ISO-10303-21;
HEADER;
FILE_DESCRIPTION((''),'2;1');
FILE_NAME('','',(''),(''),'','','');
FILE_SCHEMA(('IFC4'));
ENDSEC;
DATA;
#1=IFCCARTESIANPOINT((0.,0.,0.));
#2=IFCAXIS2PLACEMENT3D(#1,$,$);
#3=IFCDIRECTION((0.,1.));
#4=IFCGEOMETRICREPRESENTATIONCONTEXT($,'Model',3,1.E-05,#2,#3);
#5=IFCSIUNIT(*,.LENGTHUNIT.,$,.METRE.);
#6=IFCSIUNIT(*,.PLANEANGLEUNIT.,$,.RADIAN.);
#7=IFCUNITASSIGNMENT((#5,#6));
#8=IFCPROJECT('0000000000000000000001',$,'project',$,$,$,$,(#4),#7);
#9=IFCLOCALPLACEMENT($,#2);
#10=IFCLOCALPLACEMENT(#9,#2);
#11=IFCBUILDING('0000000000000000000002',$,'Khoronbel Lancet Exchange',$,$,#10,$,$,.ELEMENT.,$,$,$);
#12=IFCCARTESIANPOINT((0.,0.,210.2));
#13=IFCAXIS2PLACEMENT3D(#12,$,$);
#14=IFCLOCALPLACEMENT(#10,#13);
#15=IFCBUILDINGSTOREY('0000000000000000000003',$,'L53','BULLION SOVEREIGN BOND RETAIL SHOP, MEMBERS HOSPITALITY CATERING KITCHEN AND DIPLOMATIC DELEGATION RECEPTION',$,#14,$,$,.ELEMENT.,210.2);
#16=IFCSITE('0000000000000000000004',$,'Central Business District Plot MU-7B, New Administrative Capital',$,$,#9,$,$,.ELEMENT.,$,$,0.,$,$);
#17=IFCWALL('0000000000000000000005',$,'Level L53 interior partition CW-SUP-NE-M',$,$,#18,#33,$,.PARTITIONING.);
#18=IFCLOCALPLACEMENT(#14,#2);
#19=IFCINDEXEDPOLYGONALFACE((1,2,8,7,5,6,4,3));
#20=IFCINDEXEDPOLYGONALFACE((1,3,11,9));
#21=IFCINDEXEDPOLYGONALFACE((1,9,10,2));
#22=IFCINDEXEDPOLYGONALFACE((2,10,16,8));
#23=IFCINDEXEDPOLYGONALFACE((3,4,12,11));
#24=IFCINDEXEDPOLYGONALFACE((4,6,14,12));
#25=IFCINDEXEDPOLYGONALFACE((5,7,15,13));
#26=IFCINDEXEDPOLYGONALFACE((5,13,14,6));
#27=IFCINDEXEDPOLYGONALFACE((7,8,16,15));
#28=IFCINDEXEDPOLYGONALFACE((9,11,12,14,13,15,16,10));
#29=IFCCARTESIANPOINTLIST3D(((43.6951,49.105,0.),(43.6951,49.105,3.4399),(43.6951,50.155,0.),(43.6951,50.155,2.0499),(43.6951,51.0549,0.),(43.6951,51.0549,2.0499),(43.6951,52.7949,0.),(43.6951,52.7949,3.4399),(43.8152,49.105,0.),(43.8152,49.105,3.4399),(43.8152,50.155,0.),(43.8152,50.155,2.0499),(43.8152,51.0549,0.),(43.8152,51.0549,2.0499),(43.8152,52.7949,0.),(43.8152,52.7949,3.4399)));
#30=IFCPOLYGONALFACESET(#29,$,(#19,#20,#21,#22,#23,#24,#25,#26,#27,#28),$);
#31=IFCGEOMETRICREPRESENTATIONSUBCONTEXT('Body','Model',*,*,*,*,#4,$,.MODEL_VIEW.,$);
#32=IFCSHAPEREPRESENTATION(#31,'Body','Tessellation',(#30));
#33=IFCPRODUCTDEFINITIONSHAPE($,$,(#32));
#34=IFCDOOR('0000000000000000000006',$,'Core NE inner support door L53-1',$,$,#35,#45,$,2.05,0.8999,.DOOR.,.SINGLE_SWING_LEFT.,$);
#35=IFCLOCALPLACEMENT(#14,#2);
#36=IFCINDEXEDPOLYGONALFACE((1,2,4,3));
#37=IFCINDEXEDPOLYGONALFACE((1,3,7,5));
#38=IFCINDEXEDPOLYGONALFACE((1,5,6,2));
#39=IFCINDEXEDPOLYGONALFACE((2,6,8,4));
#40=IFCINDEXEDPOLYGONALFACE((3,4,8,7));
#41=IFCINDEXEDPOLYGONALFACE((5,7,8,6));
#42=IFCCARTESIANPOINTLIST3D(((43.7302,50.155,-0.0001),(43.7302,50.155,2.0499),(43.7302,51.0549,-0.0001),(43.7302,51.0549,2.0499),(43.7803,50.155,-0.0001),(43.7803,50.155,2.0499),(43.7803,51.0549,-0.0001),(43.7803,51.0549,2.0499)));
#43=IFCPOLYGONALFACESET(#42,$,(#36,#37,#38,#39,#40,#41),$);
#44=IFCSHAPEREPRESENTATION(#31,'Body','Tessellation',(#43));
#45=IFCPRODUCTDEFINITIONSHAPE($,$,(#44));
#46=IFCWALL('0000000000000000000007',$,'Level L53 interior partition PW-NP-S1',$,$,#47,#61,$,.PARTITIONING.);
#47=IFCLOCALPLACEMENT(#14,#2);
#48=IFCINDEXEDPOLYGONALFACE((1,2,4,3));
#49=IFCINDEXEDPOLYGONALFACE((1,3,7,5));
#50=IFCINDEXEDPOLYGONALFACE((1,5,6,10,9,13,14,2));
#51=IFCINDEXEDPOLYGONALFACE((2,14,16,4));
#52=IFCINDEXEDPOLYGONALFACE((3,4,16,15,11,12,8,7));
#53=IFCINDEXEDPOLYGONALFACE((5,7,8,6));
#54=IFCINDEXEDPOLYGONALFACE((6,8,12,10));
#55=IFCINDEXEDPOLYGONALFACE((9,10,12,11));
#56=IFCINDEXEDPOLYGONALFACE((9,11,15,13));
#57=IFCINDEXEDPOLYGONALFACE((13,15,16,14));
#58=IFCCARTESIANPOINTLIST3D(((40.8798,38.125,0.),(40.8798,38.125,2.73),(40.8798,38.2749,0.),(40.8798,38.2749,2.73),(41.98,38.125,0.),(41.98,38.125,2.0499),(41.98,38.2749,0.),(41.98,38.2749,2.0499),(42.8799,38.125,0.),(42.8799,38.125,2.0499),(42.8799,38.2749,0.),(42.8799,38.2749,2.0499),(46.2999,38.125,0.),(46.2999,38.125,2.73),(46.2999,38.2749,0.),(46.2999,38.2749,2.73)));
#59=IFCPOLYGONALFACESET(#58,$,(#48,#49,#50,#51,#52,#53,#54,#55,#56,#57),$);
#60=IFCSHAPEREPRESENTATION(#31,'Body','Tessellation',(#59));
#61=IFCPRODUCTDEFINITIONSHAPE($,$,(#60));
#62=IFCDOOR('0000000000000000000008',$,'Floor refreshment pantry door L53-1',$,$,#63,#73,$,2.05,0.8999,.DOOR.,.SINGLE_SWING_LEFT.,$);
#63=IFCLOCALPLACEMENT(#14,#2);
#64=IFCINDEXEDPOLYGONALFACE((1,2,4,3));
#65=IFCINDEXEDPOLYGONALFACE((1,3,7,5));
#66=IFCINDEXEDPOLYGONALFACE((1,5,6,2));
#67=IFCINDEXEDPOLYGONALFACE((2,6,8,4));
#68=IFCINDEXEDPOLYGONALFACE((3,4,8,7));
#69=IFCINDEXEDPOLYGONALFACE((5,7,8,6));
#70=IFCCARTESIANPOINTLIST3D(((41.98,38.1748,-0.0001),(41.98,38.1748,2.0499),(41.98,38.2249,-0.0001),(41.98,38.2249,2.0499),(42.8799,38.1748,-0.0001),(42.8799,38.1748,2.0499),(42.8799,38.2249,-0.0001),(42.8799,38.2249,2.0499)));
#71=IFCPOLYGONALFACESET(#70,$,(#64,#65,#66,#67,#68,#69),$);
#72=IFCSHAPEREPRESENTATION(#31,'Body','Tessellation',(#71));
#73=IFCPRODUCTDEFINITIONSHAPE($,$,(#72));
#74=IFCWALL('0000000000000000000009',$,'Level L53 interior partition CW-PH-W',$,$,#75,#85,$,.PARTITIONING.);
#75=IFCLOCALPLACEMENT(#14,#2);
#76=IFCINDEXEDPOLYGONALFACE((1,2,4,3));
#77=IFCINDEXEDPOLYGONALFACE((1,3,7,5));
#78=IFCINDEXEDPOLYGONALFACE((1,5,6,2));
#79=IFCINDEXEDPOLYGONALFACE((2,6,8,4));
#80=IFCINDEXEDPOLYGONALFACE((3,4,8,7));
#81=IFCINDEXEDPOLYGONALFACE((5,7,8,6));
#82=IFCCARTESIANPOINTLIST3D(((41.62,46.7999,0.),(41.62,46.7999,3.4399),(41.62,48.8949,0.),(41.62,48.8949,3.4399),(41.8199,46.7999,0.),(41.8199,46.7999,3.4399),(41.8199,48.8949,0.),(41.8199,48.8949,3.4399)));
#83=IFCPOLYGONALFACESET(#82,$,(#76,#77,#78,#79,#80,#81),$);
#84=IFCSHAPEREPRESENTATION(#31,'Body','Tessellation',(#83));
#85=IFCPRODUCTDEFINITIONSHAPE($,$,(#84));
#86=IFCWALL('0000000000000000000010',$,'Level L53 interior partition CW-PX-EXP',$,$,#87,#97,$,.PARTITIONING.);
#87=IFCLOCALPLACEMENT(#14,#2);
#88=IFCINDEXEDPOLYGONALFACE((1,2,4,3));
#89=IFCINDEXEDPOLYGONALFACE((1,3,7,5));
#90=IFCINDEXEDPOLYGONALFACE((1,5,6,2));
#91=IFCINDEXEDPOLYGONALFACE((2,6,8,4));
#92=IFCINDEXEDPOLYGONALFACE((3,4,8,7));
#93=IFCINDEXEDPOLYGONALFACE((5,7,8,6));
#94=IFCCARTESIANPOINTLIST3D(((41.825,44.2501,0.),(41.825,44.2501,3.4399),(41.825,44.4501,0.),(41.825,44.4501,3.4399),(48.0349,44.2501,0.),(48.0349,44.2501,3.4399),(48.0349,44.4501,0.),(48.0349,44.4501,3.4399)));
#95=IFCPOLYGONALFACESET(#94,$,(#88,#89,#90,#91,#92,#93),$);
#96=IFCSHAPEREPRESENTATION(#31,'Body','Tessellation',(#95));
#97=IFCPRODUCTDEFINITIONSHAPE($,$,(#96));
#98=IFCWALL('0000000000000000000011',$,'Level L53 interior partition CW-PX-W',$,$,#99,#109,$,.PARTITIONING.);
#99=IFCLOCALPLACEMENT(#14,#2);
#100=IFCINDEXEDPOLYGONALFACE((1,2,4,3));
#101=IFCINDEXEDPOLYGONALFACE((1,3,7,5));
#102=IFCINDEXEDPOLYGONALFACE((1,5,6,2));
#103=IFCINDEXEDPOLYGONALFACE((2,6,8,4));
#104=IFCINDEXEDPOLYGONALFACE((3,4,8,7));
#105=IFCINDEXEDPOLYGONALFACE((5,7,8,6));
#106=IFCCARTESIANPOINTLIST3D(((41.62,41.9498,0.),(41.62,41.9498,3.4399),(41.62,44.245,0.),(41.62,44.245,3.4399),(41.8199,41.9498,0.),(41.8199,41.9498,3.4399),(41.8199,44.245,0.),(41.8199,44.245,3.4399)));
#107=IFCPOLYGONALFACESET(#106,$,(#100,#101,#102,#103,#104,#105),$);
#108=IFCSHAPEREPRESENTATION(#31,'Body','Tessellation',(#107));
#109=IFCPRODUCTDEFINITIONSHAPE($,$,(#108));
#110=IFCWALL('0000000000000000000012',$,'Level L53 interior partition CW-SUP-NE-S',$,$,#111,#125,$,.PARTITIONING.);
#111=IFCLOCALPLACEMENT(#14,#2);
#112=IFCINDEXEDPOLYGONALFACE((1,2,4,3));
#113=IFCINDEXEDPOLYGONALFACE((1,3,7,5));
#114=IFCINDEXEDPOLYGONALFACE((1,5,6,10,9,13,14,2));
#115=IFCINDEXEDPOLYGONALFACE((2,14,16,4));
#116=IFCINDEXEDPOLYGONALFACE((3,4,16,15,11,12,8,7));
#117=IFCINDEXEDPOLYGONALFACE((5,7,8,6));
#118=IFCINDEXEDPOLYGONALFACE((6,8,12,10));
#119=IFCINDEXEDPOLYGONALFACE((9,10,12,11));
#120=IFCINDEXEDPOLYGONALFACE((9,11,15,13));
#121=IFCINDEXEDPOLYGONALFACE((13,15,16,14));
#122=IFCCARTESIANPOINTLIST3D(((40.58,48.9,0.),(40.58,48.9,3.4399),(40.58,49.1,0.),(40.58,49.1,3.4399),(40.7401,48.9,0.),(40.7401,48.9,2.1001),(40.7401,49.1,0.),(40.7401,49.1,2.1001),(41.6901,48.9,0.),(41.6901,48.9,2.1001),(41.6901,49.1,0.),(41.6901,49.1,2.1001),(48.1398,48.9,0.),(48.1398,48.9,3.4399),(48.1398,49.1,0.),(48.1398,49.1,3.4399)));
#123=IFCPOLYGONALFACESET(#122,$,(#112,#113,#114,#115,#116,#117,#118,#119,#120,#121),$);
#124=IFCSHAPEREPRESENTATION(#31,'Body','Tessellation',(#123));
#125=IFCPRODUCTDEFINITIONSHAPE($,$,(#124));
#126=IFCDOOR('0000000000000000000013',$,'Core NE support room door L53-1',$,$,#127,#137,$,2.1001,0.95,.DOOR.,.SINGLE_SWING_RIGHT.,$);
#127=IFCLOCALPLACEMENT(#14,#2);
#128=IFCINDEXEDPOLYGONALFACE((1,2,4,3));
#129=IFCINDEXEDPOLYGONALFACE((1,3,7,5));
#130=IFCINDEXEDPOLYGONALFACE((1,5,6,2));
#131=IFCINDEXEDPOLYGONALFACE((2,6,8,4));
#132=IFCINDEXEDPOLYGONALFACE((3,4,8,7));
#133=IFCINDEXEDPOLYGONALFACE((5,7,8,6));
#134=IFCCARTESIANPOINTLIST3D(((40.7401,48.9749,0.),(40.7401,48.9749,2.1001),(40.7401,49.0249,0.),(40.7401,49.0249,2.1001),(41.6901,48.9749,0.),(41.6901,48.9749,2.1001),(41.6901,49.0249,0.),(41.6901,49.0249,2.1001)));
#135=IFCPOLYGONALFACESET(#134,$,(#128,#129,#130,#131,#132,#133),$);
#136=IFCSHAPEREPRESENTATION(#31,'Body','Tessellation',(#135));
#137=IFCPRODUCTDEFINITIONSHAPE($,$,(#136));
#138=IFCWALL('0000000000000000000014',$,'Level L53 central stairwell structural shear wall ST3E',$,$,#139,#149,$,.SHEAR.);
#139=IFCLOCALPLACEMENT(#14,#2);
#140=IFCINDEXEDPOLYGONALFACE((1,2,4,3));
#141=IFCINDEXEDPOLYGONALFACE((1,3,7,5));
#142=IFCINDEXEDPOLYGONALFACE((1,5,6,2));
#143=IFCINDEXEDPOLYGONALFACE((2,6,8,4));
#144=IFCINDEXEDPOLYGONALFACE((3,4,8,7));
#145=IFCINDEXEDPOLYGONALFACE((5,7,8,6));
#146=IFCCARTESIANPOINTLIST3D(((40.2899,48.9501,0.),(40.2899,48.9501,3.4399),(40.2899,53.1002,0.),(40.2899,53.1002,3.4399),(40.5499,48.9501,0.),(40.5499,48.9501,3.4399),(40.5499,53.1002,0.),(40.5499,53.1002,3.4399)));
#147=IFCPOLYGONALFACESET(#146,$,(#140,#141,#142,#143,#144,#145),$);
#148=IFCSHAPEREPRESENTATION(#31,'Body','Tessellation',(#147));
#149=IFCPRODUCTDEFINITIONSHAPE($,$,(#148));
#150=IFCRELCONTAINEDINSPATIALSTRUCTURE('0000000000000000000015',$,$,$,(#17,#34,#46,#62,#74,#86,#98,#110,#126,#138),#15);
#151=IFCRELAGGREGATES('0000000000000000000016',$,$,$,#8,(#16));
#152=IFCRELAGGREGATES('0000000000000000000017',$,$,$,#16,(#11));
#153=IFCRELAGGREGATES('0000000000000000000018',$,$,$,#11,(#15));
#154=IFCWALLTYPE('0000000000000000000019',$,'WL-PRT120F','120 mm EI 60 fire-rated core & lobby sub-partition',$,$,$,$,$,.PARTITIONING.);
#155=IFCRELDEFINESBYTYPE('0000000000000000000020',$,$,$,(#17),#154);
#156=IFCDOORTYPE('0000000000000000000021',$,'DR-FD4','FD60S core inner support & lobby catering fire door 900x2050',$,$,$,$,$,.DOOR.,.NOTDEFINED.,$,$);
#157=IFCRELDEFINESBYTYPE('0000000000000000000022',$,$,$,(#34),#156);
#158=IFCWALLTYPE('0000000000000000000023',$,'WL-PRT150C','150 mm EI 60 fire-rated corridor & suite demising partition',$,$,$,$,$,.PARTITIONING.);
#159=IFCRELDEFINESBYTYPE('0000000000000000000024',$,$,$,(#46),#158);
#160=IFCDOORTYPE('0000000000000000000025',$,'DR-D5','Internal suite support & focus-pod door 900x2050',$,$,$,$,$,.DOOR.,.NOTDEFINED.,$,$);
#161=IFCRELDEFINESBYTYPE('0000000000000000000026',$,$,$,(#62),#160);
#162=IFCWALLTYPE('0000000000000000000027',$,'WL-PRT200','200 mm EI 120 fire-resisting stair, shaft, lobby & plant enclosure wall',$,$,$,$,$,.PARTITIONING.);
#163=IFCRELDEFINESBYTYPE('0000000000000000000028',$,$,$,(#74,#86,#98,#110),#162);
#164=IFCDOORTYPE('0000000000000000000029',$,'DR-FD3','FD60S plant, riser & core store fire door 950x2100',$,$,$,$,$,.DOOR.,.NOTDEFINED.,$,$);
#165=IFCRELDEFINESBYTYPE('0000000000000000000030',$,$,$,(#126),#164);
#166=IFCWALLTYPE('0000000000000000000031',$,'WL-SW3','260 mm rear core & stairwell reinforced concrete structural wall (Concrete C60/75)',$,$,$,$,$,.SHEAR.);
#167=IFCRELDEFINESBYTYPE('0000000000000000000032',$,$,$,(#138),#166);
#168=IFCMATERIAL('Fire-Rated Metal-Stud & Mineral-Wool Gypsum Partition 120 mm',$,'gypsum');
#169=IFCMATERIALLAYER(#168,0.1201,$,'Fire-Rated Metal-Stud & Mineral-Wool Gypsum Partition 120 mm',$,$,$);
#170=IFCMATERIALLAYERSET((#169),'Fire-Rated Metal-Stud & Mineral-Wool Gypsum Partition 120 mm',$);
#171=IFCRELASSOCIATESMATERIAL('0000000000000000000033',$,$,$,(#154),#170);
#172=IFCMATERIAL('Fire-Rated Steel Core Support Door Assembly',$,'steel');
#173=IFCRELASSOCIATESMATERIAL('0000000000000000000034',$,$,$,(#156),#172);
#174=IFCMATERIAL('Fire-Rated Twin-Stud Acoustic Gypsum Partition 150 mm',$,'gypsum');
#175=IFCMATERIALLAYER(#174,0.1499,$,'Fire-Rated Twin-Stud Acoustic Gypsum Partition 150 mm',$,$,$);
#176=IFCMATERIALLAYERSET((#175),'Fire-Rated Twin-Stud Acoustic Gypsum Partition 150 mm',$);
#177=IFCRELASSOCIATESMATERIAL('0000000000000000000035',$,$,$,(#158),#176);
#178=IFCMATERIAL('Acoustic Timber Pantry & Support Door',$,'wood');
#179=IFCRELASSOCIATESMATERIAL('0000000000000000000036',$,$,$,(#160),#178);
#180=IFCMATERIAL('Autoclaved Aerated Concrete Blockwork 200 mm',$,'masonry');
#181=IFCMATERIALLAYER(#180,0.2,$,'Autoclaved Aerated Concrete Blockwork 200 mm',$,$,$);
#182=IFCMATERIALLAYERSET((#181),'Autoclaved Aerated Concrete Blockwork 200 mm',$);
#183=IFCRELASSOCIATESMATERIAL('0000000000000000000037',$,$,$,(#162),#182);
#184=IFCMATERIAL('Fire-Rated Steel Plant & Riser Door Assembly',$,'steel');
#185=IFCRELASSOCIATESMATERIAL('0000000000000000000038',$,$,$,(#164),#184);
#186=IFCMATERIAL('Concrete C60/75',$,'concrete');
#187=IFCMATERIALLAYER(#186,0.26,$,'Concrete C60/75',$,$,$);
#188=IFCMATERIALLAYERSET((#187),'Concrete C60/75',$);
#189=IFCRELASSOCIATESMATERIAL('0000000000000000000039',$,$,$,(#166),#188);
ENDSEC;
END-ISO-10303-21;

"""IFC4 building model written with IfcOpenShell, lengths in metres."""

from ifc_helpers import new_model, si_unit, direction, frame, frame_2d, origin, place, context, subcontext, project, spatial, rectangle, extrude, material, layer, layer_set, type_object, element, fill, save


model = new_model("IFC4")

# Units and contexts
model_context = context("Model", 3, precision=1e-05, world=origin(), true_north=direction((0.0, 1.0)))
body_context = subcontext(model_context, "Body", "Model", "MODEL_VIEW")
ifc_project = project(units=[si_unit("LENGTHUNIT", "METRE"), si_unit("PLANEANGLEUNIT", "RADIAN")], contexts=[model_context])

# Site, building, storey
site_placement = place(None, origin())
site = spatial("IfcSite", under=ifc_project, at=site_placement, Name="Central Business District Plot MU-7B, New Administrative Capital", CompositionType="ELEMENT", RefElevation=0.0)
building_placement = place(site_placement, origin())
building = spatial("IfcBuilding", under=site, at=building_placement, Name="Khoronbel Lancet Exchange", CompositionType="ELEMENT")
storey_placement = place(building_placement, frame((0.0, 0.0, 210.2)))
storey = spatial("IfcBuildingStorey", under=building, at=storey_placement, Name="L53", Description="BULLION SOVEREIGN BOND RETAIL SHOP, MEMBERS HOSPITALITY CATERING KITCHEN AND DIPLOMATIC DELEGATION RECEPTION", CompositionType="ELEMENT", Elevation=210.2)

# Shared definitions
ifc_material_1 = material(Name="Concrete C60/75", Category="concrete")

# Shared definitions
ifc_material_2 = material(Name="Fire-Rated Metal-Stud & Mineral-Wool Gypsum Partition 120 mm", Category="gypsum")
ifc_layer_1 = layer(ifc_material_2, 0.1201, Name="Fire-Rated Metal-Stud & Mineral-Wool Gypsum Partition 120 mm")
ifc_layer_set_1 = layer_set([ifc_layer_1], Name="Fire-Rated Metal-Stud & Mineral-Wool Gypsum Partition 120 mm")
wall_type_1 = type_object("IfcWallType", Name="WL-PRT120F", Description="120 mm EI 60 fire-rated core & lobby sub-partition", PredefinedType="PARTITIONING", material=ifc_layer_set_1)

# Walls, openings, doors
wall_1_placement = place(storey_placement, frame((43.7551, 49.105, 0.0), z_axis=(0.0, 0.0, 1.0), x_axis=(0.0, 1.0, 0.0)))
wall_1 = element("IfcWall", 1, at=wall_1_placement, inside=storey, type_object=wall_type_1, Name="Level L53 interior partition CW-SUP-NE-M", PredefinedType="PARTITIONING", context=body_context, shape_type="SweptSolid", body=[
    extrude(rectangle(XDim=3.6899, YDim=0.1201, at=frame_2d((1.845, 0.0))), origin(), (0.0, 0.0, 1.0), 3.4399),
])
opening_1_placement = place(wall_1_placement, frame((1.05, 0.0, 0.0)))
opening_1 = element("IfcOpeningElement", 2, at=opening_1_placement, cuts=wall_1, PredefinedType="OPENING", context=body_context, shape_type="SweptSolid", body=[
    extrude(rectangle(XDim=0.8999, YDim=2.05, at=frame_2d((0.45, 1.0249))), frame((0.0, 0.0701, 0.0), z_axis=(0.0, -1.0, 0.0), x_axis=(1.0, 0.0, 0.0)), (0.0, 0.0, 1.0), 0.1401),
])
ifc_material_3 = material(Name="Fire-Rated Steel Core Support Door Assembly", Category="steel")
door_type_1 = type_object("IfcDoorType", Name="DR-FD4", Description="FD60S core inner support & lobby catering fire door 900x2050", OperationType="NOTDEFINED", PredefinedType="DOOR", material=ifc_material_3)
door_1_placement = place(opening_1_placement, origin())
door_1 = element("IfcDoor", 3, at=door_1_placement, inside=storey, type_object=door_type_1, Name="Core NE inner support door L53-1", OperationType="SINGLE_SWING_LEFT", OverallHeight=2.05, OverallWidth=0.8999, PredefinedType="DOOR", context=body_context, shape_type="SweptSolid", body=[
    extrude(rectangle(XDim=0.8999, YDim=2.05, at=frame_2d((0.45, 1.0249))), frame((0.0, 0.0249, 0.0), z_axis=(0.0, -1.0, 0.0), x_axis=(1.0, 0.0, 0.0)), (0.0, 0.0, 1.0), 0.05),
])
fill(opening_1, door_1)
ifc_material_4 = material(Name="Fire-Rated Twin-Stud Acoustic Gypsum Partition 150 mm", Category="gypsum")
ifc_layer_2 = layer(ifc_material_4, 0.1499, Name="Fire-Rated Twin-Stud Acoustic Gypsum Partition 150 mm")
ifc_layer_set_2 = layer_set([ifc_layer_2], Name="Fire-Rated Twin-Stud Acoustic Gypsum Partition 150 mm")
wall_type_2 = type_object("IfcWallType", Name="WL-PRT150C", Description="150 mm EI 60 fire-rated corridor & suite demising partition", PredefinedType="PARTITIONING", material=ifc_layer_set_2)
wall_2_placement = place(storey_placement, frame((40.8799, 38.2, 0.0), z_axis=(0.0, 0.0, 1.0), x_axis=(1.0, 0.0, 0.0)))
wall_2 = element("IfcWall", 4, at=wall_2_placement, inside=storey, type_object=wall_type_2, Name="Level L53 interior partition PW-NP-S1", PredefinedType="PARTITIONING", context=body_context, shape_type="SweptSolid", body=[
    extrude(rectangle(XDim=5.4202, YDim=0.1499, at=frame_2d((2.71, 0.0))), origin(), (0.0, 0.0, 1.0), 2.73),
])
opening_2_placement = place(wall_2_placement, frame((1.1001, 0.0, 0.0)))
opening_2 = element("IfcOpeningElement", 5, at=opening_2_placement, cuts=wall_2, PredefinedType="OPENING", context=body_context, shape_type="SweptSolid", body=[
    extrude(rectangle(XDim=0.8999, YDim=2.05, at=frame_2d((0.45, 1.0249))), frame((0.0, 0.085, 0.0), z_axis=(0.0, -1.0, 0.0), x_axis=(1.0, 0.0, 0.0)), (0.0, 0.0, 1.0), 0.1699),
])
ifc_material_5 = material(Name="Acoustic Timber Pantry & Support Door", Category="wood")
door_type_2 = type_object("IfcDoorType", Name="DR-D5", Description="Internal suite support & focus-pod door 900x2050", OperationType="NOTDEFINED", PredefinedType="DOOR", material=ifc_material_5)
door_2_placement = place(opening_2_placement, origin())
door_2 = element("IfcDoor", 6, at=door_2_placement, inside=storey, type_object=door_type_2, Name="Floor refreshment pantry door L53-1", OperationType="SINGLE_SWING_LEFT", OverallHeight=2.05, OverallWidth=0.8999, PredefinedType="DOOR", context=body_context, shape_type="SweptSolid", body=[
    extrude(rectangle(XDim=0.8999, YDim=2.05, at=frame_2d((0.45, 1.0249))), frame((0.0, 0.0249, 0.0), z_axis=(0.0, -1.0, 0.0), x_axis=(1.0, 0.0, 0.0)), (0.0, 0.0, 1.0), 0.05),
])
fill(opening_2, door_2)

# Walls
ifc_material_6 = material(Name="Autoclaved Aerated Concrete Blockwork 200 mm", Category="masonry")
ifc_layer_3 = layer(ifc_material_6, 0.2, Name="Autoclaved Aerated Concrete Blockwork 200 mm")
ifc_layer_set_3 = layer_set([ifc_layer_3], Name="Autoclaved Aerated Concrete Blockwork 200 mm")
wall_type_3 = type_object("IfcWallType", Name="WL-PRT200", Description="200 mm EI 120 fire-resisting stair, shaft, lobby & plant enclosure wall", PredefinedType="PARTITIONING", material=ifc_layer_set_3)
wall_3_placement = place(storey_placement, frame((41.72, 46.8, 0.0), z_axis=(0.0, 0.0, 1.0), x_axis=(0.0, 1.0, 0.0)))
element("IfcWall", 7, at=wall_3_placement, inside=storey, type_object=wall_type_3, Name="Level L53 interior partition CW-PH-W", PredefinedType="PARTITIONING", context=body_context, shape_type="SweptSolid", body=[
    extrude(rectangle(XDim=2.095, YDim=0.2, at=frame_2d((1.0474, 0.0))), origin(), (0.0, 0.0, 1.0), 3.4399),
])
wall_4_placement = place(storey_placement, frame((41.825, 44.3501, 0.0), z_axis=(0.0, 0.0, 1.0), x_axis=(1.0, 0.0, 0.0)))
element("IfcWall", 8, at=wall_4_placement, inside=storey, type_object=wall_type_3, Name="Level L53 interior partition CW-PX-EXP", PredefinedType="PARTITIONING", context=body_context, shape_type="SweptSolid", body=[
    extrude(rectangle(XDim=6.21, YDim=0.2, at=frame_2d((3.105, 0.0))), origin(), (0.0, 0.0, 1.0), 3.4399),
])
wall_5_placement = place(storey_placement, frame((41.72, 41.95, 0.0), z_axis=(0.0, 0.0, 1.0), x_axis=(0.0, 1.0, 0.0)))
element("IfcWall", 9, at=wall_5_placement, inside=storey, type_object=wall_type_3, Name="Level L53 interior partition CW-PX-W", PredefinedType="PARTITIONING", context=body_context, shape_type="SweptSolid", body=[
    extrude(rectangle(XDim=2.2952, YDim=0.2, at=frame_2d((1.1475, 0.0))), origin(), (0.0, 0.0, 1.0), 3.4399),
])

# Wall, opening, door
wall_6_placement = place(storey_placement, frame((40.5801, 49.0, 0.0), z_axis=(0.0, 0.0, 1.0), x_axis=(1.0, 0.0, 0.0)))
wall_6 = element("IfcWall", 10, at=wall_6_placement, inside=storey, type_object=wall_type_3, Name="Level L53 interior partition CW-SUP-NE-S", PredefinedType="PARTITIONING", context=body_context, shape_type="SweptSolid", body=[
    extrude(rectangle(XDim=7.5598, YDim=0.2, at=frame_2d((3.7798, 0.0))), origin(), (0.0, 0.0, 1.0), 3.4399),
])
opening_3_placement = place(wall_6_placement, frame((0.1599, 0.0, 0.0)))
opening_3 = element("IfcOpeningElement", 11, at=opening_3_placement, cuts=wall_6, PredefinedType="OPENING", context=body_context, shape_type="SweptSolid", body=[
    extrude(rectangle(XDim=0.95, YDim=2.1001, at=frame_2d((0.4751, 1.05))), frame((0.0, 0.1099, 0.0), z_axis=(0.0, -1.0, 0.0), x_axis=(1.0, 0.0, 0.0)), (0.0, 0.0, 1.0), 0.22),
])
ifc_material_7 = material(Name="Fire-Rated Steel Plant & Riser Door Assembly", Category="steel")
door_type_3 = type_object("IfcDoorType", Name="DR-FD3", Description="FD60S plant, riser & core store fire door 950x2100", OperationType="NOTDEFINED", PredefinedType="DOOR", material=ifc_material_7)
door_3_placement = place(opening_3_placement, origin())
door_3 = element("IfcDoor", 12, at=door_3_placement, inside=storey, type_object=door_type_3, Name="Core NE support room door L53-1", OperationType="SINGLE_SWING_RIGHT", OverallHeight=2.1001, OverallWidth=0.95, PredefinedType="DOOR", context=body_context, shape_type="SweptSolid", body=[
    extrude(rectangle(XDim=0.95, YDim=2.1001, at=frame_2d((0.4751, 1.05))), frame((0.0, 0.0249, 0.0), z_axis=(0.0, -1.0, 0.0), x_axis=(1.0, 0.0, 0.0)), (0.0, 0.0, 1.0), 0.05),
])
fill(opening_3, door_3)

# Wall
ifc_layer_4 = layer(ifc_material_1, 0.26, Name="Concrete C60/75")
ifc_layer_set_4 = layer_set([ifc_layer_4], Name="Concrete C60/75")
wall_type_4 = type_object("IfcWallType", Name="WL-SW3", Description="260 mm rear core & stairwell reinforced concrete structural wall (Concrete C60/75)", PredefinedType="SHEAR", material=ifc_layer_set_4)
wall_7_placement = place(storey_placement, frame((40.4199, 48.95, 0.0), z_axis=(0.0, 0.0, 1.0), x_axis=(0.0, 1.0, 0.0)))
element("IfcWall", 13, at=wall_7_placement, inside=storey, type_object=wall_type_4, Name="Level L53 central stairwell structural shear wall ST3E", PredefinedType="SHEAR", context=body_context, shape_type="SweptSolid", body=[
    extrude(rectangle(XDim=4.1501, YDim=0.26, at=frame_2d((2.0752, 0.0))), origin(), (0.0, 0.0, 1.0), 3.4399),
])

save(model, "model.ifc")
